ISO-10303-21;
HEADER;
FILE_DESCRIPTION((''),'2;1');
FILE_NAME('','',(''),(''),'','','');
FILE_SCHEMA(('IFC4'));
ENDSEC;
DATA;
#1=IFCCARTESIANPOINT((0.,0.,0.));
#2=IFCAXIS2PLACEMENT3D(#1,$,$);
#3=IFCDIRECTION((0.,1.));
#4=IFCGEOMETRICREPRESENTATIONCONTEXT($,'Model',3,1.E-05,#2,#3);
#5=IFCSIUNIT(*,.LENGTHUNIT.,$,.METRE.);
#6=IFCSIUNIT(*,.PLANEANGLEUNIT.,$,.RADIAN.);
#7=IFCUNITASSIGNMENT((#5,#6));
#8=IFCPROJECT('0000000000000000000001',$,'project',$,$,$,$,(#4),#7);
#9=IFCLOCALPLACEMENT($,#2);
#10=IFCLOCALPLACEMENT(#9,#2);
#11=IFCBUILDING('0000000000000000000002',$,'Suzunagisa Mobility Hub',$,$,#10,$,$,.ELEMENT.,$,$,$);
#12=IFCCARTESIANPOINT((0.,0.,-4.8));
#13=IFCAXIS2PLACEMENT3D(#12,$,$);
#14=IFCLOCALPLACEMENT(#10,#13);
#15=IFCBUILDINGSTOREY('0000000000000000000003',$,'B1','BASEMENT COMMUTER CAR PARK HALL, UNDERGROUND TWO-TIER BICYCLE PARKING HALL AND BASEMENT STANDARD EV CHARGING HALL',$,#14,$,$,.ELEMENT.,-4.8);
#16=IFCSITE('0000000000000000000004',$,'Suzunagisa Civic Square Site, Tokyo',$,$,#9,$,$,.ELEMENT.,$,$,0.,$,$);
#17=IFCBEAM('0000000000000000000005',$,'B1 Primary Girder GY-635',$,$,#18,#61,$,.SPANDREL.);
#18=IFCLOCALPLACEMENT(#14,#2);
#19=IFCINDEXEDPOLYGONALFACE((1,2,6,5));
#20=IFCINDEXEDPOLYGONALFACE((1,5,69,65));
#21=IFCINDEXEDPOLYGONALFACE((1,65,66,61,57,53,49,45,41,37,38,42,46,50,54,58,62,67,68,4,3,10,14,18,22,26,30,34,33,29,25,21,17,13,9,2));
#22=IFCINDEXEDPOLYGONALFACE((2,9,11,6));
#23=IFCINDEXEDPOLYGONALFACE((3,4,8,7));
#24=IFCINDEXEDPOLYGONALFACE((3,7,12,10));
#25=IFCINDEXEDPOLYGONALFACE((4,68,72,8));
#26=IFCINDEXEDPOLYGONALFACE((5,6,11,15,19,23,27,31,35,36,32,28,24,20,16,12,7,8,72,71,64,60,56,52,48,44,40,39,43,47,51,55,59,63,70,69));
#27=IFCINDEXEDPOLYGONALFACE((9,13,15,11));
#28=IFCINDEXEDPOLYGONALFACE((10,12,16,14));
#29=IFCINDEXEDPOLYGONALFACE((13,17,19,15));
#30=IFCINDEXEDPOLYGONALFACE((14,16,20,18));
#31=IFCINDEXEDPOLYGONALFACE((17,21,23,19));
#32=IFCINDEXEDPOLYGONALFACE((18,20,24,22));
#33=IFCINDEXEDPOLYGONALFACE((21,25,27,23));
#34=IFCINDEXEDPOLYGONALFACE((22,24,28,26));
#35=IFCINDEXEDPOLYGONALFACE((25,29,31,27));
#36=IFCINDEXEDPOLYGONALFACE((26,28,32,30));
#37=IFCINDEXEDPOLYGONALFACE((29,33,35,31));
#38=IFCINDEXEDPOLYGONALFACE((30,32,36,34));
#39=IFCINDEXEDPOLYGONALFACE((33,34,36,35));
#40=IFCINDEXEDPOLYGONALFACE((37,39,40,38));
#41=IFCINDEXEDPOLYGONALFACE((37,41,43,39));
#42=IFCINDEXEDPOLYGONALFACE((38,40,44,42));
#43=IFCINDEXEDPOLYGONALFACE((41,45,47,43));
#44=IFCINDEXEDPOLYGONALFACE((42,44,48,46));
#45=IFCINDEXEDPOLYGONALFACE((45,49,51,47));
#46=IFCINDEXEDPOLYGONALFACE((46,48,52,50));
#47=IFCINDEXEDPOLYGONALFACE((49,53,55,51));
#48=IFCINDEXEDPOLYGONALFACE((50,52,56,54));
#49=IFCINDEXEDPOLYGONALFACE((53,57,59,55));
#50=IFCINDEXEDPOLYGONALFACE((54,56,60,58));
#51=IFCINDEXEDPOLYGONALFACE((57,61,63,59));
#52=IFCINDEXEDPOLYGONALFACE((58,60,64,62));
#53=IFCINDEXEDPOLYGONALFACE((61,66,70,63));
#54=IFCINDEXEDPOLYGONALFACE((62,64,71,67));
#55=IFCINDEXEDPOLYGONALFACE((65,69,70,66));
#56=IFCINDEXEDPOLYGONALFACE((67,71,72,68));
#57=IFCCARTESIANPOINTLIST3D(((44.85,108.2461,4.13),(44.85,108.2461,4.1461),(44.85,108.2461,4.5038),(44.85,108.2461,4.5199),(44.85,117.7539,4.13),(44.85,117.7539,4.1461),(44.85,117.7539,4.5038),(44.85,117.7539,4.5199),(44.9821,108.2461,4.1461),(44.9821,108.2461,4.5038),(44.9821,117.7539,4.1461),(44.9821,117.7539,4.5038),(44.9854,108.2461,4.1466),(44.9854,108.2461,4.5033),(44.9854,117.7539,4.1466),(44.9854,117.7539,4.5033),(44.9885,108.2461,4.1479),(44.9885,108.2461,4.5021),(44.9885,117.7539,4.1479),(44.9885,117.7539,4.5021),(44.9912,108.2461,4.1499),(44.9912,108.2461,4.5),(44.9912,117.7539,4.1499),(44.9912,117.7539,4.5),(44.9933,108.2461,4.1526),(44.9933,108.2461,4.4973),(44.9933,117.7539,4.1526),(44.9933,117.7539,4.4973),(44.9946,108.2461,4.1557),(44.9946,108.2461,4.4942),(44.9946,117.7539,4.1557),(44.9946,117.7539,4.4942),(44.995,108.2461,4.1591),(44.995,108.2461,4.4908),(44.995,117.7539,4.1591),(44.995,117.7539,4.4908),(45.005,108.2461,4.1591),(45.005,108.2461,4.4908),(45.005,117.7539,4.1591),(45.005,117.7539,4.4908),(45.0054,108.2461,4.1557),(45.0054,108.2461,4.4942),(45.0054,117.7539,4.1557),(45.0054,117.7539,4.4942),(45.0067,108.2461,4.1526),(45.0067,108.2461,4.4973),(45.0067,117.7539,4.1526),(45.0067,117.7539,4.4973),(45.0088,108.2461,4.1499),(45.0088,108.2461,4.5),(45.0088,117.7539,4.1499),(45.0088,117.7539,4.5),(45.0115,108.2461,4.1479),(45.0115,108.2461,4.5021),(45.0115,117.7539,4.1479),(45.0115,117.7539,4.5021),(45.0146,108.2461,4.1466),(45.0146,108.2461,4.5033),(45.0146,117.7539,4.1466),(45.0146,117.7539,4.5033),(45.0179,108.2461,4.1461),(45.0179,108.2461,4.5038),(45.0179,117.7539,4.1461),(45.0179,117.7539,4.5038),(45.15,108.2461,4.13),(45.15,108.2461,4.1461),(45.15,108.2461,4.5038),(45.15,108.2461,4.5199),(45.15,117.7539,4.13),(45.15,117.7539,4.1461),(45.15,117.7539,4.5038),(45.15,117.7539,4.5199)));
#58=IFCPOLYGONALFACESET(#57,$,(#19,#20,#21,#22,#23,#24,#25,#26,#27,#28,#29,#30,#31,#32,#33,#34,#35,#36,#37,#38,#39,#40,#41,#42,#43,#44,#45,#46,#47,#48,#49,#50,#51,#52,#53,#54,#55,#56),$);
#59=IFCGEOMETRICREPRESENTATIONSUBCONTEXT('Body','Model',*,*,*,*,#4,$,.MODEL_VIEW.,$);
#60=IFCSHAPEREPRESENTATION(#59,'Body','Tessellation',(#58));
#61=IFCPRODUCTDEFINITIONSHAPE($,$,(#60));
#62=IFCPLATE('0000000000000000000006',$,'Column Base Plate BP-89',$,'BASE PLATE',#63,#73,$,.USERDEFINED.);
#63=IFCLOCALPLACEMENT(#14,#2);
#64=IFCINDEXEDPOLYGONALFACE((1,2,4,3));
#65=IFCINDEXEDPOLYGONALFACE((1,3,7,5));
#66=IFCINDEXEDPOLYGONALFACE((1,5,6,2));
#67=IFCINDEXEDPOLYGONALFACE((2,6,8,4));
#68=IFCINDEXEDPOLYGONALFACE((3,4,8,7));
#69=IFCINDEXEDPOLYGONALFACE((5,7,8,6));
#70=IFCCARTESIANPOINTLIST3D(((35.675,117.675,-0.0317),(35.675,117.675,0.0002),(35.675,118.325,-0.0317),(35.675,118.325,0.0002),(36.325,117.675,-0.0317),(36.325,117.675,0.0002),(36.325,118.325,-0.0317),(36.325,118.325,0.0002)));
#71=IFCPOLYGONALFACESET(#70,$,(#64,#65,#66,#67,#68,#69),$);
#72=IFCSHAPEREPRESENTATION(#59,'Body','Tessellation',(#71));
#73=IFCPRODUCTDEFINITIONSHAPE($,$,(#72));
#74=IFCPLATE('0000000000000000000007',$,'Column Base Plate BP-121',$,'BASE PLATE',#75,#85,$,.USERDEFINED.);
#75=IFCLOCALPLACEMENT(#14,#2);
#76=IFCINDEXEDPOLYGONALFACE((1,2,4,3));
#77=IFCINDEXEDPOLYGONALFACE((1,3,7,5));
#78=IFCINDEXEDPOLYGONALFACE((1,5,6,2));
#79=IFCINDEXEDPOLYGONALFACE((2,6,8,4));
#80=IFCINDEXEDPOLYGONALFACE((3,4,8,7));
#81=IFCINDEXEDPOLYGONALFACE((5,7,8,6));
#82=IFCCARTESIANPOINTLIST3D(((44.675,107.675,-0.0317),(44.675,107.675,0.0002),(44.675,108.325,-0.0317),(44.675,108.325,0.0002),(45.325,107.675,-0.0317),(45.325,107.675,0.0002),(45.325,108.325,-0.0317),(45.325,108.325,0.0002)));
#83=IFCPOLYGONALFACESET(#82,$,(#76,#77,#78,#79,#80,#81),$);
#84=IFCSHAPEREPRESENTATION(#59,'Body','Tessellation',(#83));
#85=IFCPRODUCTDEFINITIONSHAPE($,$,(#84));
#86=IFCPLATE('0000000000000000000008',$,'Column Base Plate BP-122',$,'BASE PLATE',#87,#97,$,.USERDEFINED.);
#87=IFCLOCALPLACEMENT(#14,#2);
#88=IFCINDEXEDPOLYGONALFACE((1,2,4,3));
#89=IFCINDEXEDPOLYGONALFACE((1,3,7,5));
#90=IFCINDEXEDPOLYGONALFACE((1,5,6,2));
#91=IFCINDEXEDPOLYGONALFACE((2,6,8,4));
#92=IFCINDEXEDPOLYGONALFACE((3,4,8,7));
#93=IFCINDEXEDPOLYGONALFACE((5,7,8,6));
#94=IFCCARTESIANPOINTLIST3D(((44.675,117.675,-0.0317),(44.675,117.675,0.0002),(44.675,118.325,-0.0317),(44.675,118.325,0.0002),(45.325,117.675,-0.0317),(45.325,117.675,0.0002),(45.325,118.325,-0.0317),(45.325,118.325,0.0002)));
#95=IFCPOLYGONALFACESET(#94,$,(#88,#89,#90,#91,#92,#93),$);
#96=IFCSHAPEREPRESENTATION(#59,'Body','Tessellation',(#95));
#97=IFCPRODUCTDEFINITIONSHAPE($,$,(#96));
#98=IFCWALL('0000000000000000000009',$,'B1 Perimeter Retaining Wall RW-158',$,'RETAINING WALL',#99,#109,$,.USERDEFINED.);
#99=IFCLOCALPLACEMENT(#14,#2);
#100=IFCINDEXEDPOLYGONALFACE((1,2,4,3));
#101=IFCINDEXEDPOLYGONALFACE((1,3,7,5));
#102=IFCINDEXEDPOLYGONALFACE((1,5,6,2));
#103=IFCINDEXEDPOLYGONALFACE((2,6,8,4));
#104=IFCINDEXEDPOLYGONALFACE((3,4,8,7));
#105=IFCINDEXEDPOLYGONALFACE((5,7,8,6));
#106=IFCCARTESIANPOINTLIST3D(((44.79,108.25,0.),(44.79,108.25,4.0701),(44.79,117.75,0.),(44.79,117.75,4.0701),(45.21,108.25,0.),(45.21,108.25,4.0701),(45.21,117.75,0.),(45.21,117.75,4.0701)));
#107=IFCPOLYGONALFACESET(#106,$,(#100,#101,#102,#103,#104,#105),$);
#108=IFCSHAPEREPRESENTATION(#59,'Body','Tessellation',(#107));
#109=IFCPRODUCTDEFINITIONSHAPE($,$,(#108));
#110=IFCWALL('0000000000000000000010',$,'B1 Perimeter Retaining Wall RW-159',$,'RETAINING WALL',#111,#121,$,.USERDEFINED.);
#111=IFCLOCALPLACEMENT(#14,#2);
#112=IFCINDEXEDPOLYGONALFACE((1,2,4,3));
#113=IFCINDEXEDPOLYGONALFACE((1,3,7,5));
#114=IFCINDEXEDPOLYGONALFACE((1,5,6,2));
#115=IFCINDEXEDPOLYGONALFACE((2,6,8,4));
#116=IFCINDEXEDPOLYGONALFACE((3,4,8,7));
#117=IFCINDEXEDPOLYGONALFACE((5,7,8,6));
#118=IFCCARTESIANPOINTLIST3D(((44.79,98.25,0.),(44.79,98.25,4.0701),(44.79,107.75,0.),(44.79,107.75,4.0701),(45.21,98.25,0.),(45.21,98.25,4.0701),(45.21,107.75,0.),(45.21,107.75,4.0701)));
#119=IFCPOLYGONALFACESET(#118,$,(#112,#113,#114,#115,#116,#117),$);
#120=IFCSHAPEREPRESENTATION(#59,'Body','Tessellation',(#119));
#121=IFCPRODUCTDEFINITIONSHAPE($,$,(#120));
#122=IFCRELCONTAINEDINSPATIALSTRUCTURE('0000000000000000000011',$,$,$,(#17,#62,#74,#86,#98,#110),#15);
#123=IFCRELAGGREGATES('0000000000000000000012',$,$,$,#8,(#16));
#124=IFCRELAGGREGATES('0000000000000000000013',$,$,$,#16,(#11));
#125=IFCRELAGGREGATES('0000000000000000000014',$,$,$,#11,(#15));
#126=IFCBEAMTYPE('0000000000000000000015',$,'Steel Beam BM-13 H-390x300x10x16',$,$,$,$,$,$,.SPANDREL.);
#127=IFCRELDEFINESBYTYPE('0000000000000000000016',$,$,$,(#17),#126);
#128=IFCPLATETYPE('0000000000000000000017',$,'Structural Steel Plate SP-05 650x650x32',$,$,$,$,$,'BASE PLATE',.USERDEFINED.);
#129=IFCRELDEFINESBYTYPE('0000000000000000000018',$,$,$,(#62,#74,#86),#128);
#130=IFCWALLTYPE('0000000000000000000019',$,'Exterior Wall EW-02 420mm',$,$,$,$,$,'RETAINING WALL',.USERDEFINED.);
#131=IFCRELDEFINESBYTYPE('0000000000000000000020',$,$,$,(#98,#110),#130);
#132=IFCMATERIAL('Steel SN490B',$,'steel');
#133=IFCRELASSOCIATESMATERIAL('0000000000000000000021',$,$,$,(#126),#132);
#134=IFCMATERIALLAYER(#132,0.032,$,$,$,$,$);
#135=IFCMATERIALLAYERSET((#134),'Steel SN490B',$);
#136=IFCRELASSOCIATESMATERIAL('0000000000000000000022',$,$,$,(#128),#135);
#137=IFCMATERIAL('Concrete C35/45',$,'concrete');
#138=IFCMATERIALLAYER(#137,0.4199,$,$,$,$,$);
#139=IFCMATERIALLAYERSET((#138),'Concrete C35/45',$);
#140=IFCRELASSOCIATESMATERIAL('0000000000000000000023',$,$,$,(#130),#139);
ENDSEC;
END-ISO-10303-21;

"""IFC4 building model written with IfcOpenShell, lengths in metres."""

from ifc_helpers import new_model, si_unit, direction, frame, frame_2d, origin, origin_2d, place, context, subcontext, project, spatial, rectangle, i_section, extrude, material, layer, layer_set, material_profile, profile_set, type_object, element, save


model = new_model("IFC4")

# Units and contexts
model_context = context("Model", 3, precision=1e-05, world=origin(), true_north=direction((0.0, 1.0)))
body_context = subcontext(model_context, "Body", "Model", "MODEL_VIEW")
ifc_project = project(units=[si_unit("LENGTHUNIT", "METRE"), si_unit("PLANEANGLEUNIT", "RADIAN")], contexts=[model_context])

# Site, building, storey
site_placement = place(None, origin())
site = spatial("IfcSite", under=ifc_project, at=site_placement, Name="Suzunagisa Civic Square Site, Tokyo", CompositionType="ELEMENT", RefElevation=0.0)
building_placement = place(site_placement, origin())
building = spatial("IfcBuilding", under=site, at=building_placement, Name="Suzunagisa Mobility Hub", CompositionType="ELEMENT")
storey_placement = place(building_placement, frame((0.0, 0.0, -4.8)))
storey = spatial("IfcBuildingStorey", under=building, at=storey_placement, Name="B1", Description="BASEMENT COMMUTER CAR PARK HALL, UNDERGROUND TWO-TIER BICYCLE PARKING HALL AND BASEMENT STANDARD EV CHARGING HALL", CompositionType="ELEMENT", Elevation=-4.8)

# Shared definitions
ifc_material_1 = material(Name="Concrete C35/45", Category="concrete")

# Shared definitions
ifc_material_2 = material(Name="Steel SN490B", Category="steel")

# Beam
ifc_material_profile_1 = material_profile(ifc_material_2, i_section(OverallWidth=0.3, OverallDepth=0.3899, WebThickness=0.01, FlangeThickness=0.0161, FilletRadius=0.0129, at=origin_2d()), Name="H-390x300x10x16")
ifc_profile_set_1 = profile_set([ifc_material_profile_1], Name="Steel SN490B")
beam_type_1 = type_object("IfcBeamType", Name="Steel Beam BM-13 H-390x300x10x16", PredefinedType="SPANDREL", material=ifc_profile_set_1)
beam_1_placement = place(storey_placement, frame((45.0, 108.2461, 4.325), z_axis=(0.0, 1.0, 0.0), x_axis=(-1.0, 0.0, 0.0)))
element("IfcBeam", 1, at=beam_1_placement, inside=storey, type_object=beam_type_1, Name="B1 Primary Girder GY-635", PredefinedType="SPANDREL", context=body_context, shape_type="SweptSolid", body=[
    extrude(i_section(OverallWidth=0.3, OverallDepth=0.3899, WebThickness=0.01, FlangeThickness=0.0161, FilletRadius=0.0129, at=origin_2d()), origin(), (0.0, 0.0, 1.0), 9.5078),
])

# Plates
ifc_layer_1 = layer(ifc_material_2, 0.032)
ifc_layer_set_1 = layer_set([ifc_layer_1], Name="Steel SN490B")
plate_type = type_object("IfcPlateType", Name="Structural Steel Plate SP-05 650x650x32", ElementType="BASE PLATE", PredefinedType="USERDEFINED", material=ifc_layer_set_1)
for number, where, z_axis, x_axis, name in (
    (2, (36.0, 118.0, -0.0317), (0.0, 0.0, 1.0), (1.0, 0.0, 0.0), "Column Base Plate BP-89"),
    (3, (45.0, 108.0, -0.0317), (0.0, 0.0, 1.0), (1.0, 0.0, 0.0), "Column Base Plate BP-121"),
    (4, (45.0, 118.0, -0.0317), (0.0, 0.0, 1.0), (1.0, 0.0, 0.0), "Column Base Plate BP-122"),
):
    element("IfcPlate", number, at=place(storey_placement, frame(where, z_axis=z_axis, x_axis=x_axis)), inside=storey, type_object=plate_type, Name=name, ObjectType="BASE PLATE", PredefinedType="USERDEFINED", context=body_context, shape_type="SweptSolid", body=[
        extrude(rectangle(XDim=0.6499, YDim=0.6499, at=origin_2d()), origin(), (0.0, 0.0, 1.0), 0.032),
    ])

# Walls
ifc_layer_2 = layer(ifc_material_1, 0.4199)
ifc_layer_set_2 = layer_set([ifc_layer_2], Name="Concrete C35/45")
wall_type = type_object("IfcWallType", Name="Exterior Wall EW-02 420mm", ElementType="RETAINING WALL", PredefinedType="USERDEFINED", material=ifc_layer_set_2)
for number, where, z_axis, x_axis, name in (
    (5, (45.0, 117.75, 0.0), (0.0, 0.0, 1.0), (0.0, -1.0, 0.0), "B1 Perimeter Retaining Wall RW-158"),
    (6, (45.0, 107.75, 0.0), (0.0, 0.0, 1.0), (0.0, -1.0, 0.0), "B1 Perimeter Retaining Wall RW-159"),
):
    element("IfcWall", number, at=place(storey_placement, frame(where, z_axis=z_axis, x_axis=x_axis)), inside=storey, type_object=wall_type, Name=name, ObjectType="RETAINING WALL", PredefinedType="USERDEFINED", context=body_context, shape_type="SweptSolid", body=[
        extrude(rectangle(XDim=9.5, YDim=0.4199, at=frame_2d((4.75, 0.0))), origin(), (0.0, 0.0, 1.0), 4.0701),
    ])

save(model, "model.ifc")
